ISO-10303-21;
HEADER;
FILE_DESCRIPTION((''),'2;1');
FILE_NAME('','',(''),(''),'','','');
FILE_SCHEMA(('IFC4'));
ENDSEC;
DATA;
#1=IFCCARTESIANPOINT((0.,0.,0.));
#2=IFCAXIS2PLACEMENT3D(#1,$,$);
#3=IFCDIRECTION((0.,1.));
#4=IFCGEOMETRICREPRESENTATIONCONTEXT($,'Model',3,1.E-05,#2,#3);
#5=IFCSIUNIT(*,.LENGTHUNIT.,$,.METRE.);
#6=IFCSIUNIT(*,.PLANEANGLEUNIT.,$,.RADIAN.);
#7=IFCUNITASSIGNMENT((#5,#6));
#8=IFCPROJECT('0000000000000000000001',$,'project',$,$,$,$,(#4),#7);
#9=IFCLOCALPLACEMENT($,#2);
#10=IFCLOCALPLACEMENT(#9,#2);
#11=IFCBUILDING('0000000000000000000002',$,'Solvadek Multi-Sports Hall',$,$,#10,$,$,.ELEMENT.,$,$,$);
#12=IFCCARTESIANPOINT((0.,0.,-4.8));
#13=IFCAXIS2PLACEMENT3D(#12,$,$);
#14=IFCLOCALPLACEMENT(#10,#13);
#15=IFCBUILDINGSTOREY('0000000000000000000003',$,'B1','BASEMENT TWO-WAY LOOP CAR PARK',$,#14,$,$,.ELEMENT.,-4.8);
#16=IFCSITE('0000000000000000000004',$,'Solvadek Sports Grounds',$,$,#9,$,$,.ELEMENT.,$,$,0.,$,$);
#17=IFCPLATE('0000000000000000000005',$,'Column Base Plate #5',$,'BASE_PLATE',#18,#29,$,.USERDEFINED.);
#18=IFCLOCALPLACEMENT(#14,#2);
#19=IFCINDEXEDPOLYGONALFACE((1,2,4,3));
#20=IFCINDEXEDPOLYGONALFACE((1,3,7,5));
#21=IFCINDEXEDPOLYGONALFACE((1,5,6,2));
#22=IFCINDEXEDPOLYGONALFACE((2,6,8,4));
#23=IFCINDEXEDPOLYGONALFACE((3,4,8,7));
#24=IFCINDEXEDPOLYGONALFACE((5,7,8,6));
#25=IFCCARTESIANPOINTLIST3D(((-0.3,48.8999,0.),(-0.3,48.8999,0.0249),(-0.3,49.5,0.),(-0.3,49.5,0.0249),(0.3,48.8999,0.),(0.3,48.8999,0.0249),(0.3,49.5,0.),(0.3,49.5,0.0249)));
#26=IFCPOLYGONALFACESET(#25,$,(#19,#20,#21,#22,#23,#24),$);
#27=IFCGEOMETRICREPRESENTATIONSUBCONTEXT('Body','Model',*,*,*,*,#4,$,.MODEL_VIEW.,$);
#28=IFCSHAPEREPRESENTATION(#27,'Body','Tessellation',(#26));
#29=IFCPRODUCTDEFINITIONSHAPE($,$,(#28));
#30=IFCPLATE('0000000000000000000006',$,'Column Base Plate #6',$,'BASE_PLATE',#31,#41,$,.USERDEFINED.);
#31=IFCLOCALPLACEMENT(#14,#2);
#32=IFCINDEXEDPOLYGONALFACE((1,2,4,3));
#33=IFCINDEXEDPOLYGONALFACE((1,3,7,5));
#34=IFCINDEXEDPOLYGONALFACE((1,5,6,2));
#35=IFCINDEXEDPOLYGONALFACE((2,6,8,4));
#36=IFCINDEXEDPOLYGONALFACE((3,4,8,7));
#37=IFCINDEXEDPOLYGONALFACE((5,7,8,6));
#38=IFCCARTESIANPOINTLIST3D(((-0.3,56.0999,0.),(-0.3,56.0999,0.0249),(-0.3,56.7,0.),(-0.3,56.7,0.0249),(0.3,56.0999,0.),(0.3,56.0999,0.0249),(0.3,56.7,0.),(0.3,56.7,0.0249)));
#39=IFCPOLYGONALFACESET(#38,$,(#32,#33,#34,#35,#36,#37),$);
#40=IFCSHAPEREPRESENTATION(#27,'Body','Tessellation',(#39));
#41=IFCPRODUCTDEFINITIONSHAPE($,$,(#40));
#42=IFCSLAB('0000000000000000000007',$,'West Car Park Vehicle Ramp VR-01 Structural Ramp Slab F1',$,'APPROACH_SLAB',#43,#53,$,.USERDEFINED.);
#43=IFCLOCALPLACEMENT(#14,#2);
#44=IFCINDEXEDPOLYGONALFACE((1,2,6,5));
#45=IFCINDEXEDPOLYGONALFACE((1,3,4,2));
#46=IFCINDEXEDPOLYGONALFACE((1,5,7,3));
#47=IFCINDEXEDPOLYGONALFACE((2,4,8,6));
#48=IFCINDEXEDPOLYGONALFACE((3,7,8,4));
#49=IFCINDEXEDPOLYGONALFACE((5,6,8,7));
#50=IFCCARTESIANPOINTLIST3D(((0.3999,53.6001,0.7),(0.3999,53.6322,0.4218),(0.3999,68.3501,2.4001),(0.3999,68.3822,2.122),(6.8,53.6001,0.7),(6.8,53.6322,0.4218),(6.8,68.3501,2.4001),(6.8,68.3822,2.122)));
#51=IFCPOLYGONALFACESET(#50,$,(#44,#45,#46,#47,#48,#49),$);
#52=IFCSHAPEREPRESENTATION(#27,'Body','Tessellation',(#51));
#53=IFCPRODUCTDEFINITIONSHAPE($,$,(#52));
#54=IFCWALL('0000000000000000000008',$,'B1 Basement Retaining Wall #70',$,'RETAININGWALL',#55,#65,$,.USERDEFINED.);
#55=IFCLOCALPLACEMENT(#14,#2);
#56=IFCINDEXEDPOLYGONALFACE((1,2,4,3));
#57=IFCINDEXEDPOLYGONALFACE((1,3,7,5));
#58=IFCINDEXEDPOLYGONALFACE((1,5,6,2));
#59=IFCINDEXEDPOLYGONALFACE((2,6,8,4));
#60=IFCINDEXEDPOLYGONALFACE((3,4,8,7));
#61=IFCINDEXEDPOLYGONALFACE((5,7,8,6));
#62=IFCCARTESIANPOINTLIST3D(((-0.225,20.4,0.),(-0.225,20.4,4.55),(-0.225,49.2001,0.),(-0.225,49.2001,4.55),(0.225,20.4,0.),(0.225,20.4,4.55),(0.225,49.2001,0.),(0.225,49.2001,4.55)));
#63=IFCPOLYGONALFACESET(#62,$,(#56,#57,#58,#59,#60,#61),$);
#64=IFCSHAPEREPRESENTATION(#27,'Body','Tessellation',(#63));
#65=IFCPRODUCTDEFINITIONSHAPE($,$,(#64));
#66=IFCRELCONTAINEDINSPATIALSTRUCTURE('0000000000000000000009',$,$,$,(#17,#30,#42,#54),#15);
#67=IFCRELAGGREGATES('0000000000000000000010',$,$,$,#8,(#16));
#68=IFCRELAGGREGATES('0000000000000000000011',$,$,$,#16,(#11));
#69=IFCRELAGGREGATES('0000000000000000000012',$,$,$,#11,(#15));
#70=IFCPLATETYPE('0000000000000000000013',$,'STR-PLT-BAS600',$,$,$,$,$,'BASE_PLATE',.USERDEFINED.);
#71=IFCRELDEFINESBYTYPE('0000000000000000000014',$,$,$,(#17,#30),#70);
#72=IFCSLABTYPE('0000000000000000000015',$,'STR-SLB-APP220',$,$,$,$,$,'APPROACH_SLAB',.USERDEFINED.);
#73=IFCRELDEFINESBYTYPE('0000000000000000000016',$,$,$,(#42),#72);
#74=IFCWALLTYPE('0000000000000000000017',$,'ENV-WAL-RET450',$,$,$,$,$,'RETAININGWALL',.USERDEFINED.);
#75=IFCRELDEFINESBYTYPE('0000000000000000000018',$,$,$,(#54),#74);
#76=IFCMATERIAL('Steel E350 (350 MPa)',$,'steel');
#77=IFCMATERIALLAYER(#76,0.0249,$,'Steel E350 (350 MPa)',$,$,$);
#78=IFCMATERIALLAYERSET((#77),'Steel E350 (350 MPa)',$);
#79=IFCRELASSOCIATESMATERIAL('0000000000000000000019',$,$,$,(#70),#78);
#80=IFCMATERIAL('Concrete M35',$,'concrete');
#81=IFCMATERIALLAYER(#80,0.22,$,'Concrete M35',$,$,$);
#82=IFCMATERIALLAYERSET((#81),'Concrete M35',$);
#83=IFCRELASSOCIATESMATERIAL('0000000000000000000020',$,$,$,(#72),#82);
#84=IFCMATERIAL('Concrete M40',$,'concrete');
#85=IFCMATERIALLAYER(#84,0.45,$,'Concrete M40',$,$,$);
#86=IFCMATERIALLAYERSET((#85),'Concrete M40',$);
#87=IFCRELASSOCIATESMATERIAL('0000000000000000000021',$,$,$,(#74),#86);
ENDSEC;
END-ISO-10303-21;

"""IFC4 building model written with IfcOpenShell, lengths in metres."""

from ifc_helpers import new_model, si_unit, direction, frame, frame_2d, origin, origin_2d, place, context, subcontext, project, spatial, polyline, rectangle, outline, extrude, material, layer, layer_set, type_object, element, save


model = new_model("IFC4")

# Units and contexts
model_context = context("Model", 3, precision=1e-05, world=origin(), true_north=direction((0.0, 1.0)))
body_context = subcontext(model_context, "Body", "Model", "MODEL_VIEW")
ifc_project = project(units=[si_unit("LENGTHUNIT", "METRE"), si_unit("PLANEANGLEUNIT", "RADIAN")], contexts=[model_context])

# Site, building, storey
site_placement = place(None, origin())
site = spatial("IfcSite", under=ifc_project, at=site_placement, Name="Solvadek Sports Grounds", CompositionType="ELEMENT", RefElevation=0.0)
building_placement = place(site_placement, origin())
building = spatial("IfcBuilding", under=site, at=building_placement, Name="Solvadek Multi-Sports Hall", CompositionType="ELEMENT")
storey_placement = place(building_placement, frame((0.0, 0.0, -4.8)))
storey = spatial("IfcBuildingStorey", under=building, at=storey_placement, Name="B1", Description="BASEMENT TWO-WAY LOOP CAR PARK", CompositionType="ELEMENT", Elevation=-4.8)

# Shared definitions
ifc_material_1 = material(Name="Concrete M40", Category="concrete")

# Shared definitions
ifc_material_2 = material(Name="Concrete M35", Category="concrete")

# Shared definitions
ifc_material_3 = material(Name="Steel E350 (350 MPa)", Category="steel")

# Plates
ifc_layer_1 = layer(ifc_material_3, 0.0249, Name="Steel E350 (350 MPa)")
ifc_layer_set_1 = layer_set([ifc_layer_1], Name="Steel E350 (350 MPa)")
plate_type = type_object("IfcPlateType", Name="STR-PLT-BAS600", ElementType="BASE_PLATE", PredefinedType="USERDEFINED", material=ifc_layer_set_1)
for number, where, z_axis, x_axis, name in (
    (1, (0.0, 49.2, 0.0), (0.0, 0.0, 1.0), (1.0, 0.0, 0.0), "Column Base Plate #5"),
    (2, (0.0, 56.3999, 0.0), (0.0, 0.0, 1.0), (1.0, 0.0, 0.0), "Column Base Plate #6"),
):
    element("IfcPlate", number, at=place(storey_placement, frame(where, z_axis=z_axis, x_axis=x_axis)), inside=storey, type_object=plate_type, Name=name, ObjectType="BASE_PLATE", PredefinedType="USERDEFINED", context=body_context, shape_type="SweptSolid", body=[
        extrude(rectangle(XDim=0.6001, YDim=0.6001, at=origin_2d()), origin(), (0.0, 0.0, 1.0), 0.0249),
    ])

# Slab
ifc_layer_2 = layer(ifc_material_2, 0.22, Name="Concrete M35")
ifc_layer_set_2 = layer_set([ifc_layer_2], Name="Concrete M35")
slab_type = type_object("IfcSlabType", Name="STR-SLB-APP220", ElementType="APPROACH_SLAB", PredefinedType="USERDEFINED", material=ifc_layer_set_2)
slab_placement = place(storey_placement, frame((0.3999, 53.6001, 0.7), z_axis=(0.0, -0.114509, 0.993422), x_axis=(1.0, 0.0, 0.0)))
element("IfcSlab", 3, at=slab_placement, inside=storey, type_object=slab_type, Name="West Car Park Vehicle Ramp VR-01 Structural Ramp Slab F1", ObjectType="APPROACH_SLAB", PredefinedType="USERDEFINED", context=body_context, shape_type="SweptSolid", body=[
    extrude(outline(polyline([(0.0, 0.0), (6.4001, 0.0), (6.4001, 14.8477), (0.0, 14.8477), (0.0, 0.0)])), origin(), (0.0, 0.0, -1.0), 0.28),
])

# Wall
ifc_layer_3 = layer(ifc_material_1, 0.45, Name="Concrete M40")
ifc_layer_set_3 = layer_set([ifc_layer_3], Name="Concrete M40")
wall_type = type_object("IfcWallType", Name="ENV-WAL-RET450", ElementType="RETAININGWALL", PredefinedType="USERDEFINED", material=ifc_layer_set_3)
wall_placement = place(storey_placement, frame((0.0, 49.2, 0.0), z_axis=(0.0, 0.0, 1.0), x_axis=(0.0, -1.0, 0.0)))
element("IfcWall", 4, at=wall_placement, inside=storey, type_object=wall_type, Name="B1 Basement Retaining Wall #70", ObjectType="RETAININGWALL", PredefinedType="USERDEFINED", context=body_context, shape_type="SweptSolid", body=[
    extrude(rectangle(XDim=28.8, YDim=0.45, at=frame_2d((14.3999, 0.0))), origin(), (0.0, 0.0, 1.0), 4.55),
])

save(model, "model.ifc")
